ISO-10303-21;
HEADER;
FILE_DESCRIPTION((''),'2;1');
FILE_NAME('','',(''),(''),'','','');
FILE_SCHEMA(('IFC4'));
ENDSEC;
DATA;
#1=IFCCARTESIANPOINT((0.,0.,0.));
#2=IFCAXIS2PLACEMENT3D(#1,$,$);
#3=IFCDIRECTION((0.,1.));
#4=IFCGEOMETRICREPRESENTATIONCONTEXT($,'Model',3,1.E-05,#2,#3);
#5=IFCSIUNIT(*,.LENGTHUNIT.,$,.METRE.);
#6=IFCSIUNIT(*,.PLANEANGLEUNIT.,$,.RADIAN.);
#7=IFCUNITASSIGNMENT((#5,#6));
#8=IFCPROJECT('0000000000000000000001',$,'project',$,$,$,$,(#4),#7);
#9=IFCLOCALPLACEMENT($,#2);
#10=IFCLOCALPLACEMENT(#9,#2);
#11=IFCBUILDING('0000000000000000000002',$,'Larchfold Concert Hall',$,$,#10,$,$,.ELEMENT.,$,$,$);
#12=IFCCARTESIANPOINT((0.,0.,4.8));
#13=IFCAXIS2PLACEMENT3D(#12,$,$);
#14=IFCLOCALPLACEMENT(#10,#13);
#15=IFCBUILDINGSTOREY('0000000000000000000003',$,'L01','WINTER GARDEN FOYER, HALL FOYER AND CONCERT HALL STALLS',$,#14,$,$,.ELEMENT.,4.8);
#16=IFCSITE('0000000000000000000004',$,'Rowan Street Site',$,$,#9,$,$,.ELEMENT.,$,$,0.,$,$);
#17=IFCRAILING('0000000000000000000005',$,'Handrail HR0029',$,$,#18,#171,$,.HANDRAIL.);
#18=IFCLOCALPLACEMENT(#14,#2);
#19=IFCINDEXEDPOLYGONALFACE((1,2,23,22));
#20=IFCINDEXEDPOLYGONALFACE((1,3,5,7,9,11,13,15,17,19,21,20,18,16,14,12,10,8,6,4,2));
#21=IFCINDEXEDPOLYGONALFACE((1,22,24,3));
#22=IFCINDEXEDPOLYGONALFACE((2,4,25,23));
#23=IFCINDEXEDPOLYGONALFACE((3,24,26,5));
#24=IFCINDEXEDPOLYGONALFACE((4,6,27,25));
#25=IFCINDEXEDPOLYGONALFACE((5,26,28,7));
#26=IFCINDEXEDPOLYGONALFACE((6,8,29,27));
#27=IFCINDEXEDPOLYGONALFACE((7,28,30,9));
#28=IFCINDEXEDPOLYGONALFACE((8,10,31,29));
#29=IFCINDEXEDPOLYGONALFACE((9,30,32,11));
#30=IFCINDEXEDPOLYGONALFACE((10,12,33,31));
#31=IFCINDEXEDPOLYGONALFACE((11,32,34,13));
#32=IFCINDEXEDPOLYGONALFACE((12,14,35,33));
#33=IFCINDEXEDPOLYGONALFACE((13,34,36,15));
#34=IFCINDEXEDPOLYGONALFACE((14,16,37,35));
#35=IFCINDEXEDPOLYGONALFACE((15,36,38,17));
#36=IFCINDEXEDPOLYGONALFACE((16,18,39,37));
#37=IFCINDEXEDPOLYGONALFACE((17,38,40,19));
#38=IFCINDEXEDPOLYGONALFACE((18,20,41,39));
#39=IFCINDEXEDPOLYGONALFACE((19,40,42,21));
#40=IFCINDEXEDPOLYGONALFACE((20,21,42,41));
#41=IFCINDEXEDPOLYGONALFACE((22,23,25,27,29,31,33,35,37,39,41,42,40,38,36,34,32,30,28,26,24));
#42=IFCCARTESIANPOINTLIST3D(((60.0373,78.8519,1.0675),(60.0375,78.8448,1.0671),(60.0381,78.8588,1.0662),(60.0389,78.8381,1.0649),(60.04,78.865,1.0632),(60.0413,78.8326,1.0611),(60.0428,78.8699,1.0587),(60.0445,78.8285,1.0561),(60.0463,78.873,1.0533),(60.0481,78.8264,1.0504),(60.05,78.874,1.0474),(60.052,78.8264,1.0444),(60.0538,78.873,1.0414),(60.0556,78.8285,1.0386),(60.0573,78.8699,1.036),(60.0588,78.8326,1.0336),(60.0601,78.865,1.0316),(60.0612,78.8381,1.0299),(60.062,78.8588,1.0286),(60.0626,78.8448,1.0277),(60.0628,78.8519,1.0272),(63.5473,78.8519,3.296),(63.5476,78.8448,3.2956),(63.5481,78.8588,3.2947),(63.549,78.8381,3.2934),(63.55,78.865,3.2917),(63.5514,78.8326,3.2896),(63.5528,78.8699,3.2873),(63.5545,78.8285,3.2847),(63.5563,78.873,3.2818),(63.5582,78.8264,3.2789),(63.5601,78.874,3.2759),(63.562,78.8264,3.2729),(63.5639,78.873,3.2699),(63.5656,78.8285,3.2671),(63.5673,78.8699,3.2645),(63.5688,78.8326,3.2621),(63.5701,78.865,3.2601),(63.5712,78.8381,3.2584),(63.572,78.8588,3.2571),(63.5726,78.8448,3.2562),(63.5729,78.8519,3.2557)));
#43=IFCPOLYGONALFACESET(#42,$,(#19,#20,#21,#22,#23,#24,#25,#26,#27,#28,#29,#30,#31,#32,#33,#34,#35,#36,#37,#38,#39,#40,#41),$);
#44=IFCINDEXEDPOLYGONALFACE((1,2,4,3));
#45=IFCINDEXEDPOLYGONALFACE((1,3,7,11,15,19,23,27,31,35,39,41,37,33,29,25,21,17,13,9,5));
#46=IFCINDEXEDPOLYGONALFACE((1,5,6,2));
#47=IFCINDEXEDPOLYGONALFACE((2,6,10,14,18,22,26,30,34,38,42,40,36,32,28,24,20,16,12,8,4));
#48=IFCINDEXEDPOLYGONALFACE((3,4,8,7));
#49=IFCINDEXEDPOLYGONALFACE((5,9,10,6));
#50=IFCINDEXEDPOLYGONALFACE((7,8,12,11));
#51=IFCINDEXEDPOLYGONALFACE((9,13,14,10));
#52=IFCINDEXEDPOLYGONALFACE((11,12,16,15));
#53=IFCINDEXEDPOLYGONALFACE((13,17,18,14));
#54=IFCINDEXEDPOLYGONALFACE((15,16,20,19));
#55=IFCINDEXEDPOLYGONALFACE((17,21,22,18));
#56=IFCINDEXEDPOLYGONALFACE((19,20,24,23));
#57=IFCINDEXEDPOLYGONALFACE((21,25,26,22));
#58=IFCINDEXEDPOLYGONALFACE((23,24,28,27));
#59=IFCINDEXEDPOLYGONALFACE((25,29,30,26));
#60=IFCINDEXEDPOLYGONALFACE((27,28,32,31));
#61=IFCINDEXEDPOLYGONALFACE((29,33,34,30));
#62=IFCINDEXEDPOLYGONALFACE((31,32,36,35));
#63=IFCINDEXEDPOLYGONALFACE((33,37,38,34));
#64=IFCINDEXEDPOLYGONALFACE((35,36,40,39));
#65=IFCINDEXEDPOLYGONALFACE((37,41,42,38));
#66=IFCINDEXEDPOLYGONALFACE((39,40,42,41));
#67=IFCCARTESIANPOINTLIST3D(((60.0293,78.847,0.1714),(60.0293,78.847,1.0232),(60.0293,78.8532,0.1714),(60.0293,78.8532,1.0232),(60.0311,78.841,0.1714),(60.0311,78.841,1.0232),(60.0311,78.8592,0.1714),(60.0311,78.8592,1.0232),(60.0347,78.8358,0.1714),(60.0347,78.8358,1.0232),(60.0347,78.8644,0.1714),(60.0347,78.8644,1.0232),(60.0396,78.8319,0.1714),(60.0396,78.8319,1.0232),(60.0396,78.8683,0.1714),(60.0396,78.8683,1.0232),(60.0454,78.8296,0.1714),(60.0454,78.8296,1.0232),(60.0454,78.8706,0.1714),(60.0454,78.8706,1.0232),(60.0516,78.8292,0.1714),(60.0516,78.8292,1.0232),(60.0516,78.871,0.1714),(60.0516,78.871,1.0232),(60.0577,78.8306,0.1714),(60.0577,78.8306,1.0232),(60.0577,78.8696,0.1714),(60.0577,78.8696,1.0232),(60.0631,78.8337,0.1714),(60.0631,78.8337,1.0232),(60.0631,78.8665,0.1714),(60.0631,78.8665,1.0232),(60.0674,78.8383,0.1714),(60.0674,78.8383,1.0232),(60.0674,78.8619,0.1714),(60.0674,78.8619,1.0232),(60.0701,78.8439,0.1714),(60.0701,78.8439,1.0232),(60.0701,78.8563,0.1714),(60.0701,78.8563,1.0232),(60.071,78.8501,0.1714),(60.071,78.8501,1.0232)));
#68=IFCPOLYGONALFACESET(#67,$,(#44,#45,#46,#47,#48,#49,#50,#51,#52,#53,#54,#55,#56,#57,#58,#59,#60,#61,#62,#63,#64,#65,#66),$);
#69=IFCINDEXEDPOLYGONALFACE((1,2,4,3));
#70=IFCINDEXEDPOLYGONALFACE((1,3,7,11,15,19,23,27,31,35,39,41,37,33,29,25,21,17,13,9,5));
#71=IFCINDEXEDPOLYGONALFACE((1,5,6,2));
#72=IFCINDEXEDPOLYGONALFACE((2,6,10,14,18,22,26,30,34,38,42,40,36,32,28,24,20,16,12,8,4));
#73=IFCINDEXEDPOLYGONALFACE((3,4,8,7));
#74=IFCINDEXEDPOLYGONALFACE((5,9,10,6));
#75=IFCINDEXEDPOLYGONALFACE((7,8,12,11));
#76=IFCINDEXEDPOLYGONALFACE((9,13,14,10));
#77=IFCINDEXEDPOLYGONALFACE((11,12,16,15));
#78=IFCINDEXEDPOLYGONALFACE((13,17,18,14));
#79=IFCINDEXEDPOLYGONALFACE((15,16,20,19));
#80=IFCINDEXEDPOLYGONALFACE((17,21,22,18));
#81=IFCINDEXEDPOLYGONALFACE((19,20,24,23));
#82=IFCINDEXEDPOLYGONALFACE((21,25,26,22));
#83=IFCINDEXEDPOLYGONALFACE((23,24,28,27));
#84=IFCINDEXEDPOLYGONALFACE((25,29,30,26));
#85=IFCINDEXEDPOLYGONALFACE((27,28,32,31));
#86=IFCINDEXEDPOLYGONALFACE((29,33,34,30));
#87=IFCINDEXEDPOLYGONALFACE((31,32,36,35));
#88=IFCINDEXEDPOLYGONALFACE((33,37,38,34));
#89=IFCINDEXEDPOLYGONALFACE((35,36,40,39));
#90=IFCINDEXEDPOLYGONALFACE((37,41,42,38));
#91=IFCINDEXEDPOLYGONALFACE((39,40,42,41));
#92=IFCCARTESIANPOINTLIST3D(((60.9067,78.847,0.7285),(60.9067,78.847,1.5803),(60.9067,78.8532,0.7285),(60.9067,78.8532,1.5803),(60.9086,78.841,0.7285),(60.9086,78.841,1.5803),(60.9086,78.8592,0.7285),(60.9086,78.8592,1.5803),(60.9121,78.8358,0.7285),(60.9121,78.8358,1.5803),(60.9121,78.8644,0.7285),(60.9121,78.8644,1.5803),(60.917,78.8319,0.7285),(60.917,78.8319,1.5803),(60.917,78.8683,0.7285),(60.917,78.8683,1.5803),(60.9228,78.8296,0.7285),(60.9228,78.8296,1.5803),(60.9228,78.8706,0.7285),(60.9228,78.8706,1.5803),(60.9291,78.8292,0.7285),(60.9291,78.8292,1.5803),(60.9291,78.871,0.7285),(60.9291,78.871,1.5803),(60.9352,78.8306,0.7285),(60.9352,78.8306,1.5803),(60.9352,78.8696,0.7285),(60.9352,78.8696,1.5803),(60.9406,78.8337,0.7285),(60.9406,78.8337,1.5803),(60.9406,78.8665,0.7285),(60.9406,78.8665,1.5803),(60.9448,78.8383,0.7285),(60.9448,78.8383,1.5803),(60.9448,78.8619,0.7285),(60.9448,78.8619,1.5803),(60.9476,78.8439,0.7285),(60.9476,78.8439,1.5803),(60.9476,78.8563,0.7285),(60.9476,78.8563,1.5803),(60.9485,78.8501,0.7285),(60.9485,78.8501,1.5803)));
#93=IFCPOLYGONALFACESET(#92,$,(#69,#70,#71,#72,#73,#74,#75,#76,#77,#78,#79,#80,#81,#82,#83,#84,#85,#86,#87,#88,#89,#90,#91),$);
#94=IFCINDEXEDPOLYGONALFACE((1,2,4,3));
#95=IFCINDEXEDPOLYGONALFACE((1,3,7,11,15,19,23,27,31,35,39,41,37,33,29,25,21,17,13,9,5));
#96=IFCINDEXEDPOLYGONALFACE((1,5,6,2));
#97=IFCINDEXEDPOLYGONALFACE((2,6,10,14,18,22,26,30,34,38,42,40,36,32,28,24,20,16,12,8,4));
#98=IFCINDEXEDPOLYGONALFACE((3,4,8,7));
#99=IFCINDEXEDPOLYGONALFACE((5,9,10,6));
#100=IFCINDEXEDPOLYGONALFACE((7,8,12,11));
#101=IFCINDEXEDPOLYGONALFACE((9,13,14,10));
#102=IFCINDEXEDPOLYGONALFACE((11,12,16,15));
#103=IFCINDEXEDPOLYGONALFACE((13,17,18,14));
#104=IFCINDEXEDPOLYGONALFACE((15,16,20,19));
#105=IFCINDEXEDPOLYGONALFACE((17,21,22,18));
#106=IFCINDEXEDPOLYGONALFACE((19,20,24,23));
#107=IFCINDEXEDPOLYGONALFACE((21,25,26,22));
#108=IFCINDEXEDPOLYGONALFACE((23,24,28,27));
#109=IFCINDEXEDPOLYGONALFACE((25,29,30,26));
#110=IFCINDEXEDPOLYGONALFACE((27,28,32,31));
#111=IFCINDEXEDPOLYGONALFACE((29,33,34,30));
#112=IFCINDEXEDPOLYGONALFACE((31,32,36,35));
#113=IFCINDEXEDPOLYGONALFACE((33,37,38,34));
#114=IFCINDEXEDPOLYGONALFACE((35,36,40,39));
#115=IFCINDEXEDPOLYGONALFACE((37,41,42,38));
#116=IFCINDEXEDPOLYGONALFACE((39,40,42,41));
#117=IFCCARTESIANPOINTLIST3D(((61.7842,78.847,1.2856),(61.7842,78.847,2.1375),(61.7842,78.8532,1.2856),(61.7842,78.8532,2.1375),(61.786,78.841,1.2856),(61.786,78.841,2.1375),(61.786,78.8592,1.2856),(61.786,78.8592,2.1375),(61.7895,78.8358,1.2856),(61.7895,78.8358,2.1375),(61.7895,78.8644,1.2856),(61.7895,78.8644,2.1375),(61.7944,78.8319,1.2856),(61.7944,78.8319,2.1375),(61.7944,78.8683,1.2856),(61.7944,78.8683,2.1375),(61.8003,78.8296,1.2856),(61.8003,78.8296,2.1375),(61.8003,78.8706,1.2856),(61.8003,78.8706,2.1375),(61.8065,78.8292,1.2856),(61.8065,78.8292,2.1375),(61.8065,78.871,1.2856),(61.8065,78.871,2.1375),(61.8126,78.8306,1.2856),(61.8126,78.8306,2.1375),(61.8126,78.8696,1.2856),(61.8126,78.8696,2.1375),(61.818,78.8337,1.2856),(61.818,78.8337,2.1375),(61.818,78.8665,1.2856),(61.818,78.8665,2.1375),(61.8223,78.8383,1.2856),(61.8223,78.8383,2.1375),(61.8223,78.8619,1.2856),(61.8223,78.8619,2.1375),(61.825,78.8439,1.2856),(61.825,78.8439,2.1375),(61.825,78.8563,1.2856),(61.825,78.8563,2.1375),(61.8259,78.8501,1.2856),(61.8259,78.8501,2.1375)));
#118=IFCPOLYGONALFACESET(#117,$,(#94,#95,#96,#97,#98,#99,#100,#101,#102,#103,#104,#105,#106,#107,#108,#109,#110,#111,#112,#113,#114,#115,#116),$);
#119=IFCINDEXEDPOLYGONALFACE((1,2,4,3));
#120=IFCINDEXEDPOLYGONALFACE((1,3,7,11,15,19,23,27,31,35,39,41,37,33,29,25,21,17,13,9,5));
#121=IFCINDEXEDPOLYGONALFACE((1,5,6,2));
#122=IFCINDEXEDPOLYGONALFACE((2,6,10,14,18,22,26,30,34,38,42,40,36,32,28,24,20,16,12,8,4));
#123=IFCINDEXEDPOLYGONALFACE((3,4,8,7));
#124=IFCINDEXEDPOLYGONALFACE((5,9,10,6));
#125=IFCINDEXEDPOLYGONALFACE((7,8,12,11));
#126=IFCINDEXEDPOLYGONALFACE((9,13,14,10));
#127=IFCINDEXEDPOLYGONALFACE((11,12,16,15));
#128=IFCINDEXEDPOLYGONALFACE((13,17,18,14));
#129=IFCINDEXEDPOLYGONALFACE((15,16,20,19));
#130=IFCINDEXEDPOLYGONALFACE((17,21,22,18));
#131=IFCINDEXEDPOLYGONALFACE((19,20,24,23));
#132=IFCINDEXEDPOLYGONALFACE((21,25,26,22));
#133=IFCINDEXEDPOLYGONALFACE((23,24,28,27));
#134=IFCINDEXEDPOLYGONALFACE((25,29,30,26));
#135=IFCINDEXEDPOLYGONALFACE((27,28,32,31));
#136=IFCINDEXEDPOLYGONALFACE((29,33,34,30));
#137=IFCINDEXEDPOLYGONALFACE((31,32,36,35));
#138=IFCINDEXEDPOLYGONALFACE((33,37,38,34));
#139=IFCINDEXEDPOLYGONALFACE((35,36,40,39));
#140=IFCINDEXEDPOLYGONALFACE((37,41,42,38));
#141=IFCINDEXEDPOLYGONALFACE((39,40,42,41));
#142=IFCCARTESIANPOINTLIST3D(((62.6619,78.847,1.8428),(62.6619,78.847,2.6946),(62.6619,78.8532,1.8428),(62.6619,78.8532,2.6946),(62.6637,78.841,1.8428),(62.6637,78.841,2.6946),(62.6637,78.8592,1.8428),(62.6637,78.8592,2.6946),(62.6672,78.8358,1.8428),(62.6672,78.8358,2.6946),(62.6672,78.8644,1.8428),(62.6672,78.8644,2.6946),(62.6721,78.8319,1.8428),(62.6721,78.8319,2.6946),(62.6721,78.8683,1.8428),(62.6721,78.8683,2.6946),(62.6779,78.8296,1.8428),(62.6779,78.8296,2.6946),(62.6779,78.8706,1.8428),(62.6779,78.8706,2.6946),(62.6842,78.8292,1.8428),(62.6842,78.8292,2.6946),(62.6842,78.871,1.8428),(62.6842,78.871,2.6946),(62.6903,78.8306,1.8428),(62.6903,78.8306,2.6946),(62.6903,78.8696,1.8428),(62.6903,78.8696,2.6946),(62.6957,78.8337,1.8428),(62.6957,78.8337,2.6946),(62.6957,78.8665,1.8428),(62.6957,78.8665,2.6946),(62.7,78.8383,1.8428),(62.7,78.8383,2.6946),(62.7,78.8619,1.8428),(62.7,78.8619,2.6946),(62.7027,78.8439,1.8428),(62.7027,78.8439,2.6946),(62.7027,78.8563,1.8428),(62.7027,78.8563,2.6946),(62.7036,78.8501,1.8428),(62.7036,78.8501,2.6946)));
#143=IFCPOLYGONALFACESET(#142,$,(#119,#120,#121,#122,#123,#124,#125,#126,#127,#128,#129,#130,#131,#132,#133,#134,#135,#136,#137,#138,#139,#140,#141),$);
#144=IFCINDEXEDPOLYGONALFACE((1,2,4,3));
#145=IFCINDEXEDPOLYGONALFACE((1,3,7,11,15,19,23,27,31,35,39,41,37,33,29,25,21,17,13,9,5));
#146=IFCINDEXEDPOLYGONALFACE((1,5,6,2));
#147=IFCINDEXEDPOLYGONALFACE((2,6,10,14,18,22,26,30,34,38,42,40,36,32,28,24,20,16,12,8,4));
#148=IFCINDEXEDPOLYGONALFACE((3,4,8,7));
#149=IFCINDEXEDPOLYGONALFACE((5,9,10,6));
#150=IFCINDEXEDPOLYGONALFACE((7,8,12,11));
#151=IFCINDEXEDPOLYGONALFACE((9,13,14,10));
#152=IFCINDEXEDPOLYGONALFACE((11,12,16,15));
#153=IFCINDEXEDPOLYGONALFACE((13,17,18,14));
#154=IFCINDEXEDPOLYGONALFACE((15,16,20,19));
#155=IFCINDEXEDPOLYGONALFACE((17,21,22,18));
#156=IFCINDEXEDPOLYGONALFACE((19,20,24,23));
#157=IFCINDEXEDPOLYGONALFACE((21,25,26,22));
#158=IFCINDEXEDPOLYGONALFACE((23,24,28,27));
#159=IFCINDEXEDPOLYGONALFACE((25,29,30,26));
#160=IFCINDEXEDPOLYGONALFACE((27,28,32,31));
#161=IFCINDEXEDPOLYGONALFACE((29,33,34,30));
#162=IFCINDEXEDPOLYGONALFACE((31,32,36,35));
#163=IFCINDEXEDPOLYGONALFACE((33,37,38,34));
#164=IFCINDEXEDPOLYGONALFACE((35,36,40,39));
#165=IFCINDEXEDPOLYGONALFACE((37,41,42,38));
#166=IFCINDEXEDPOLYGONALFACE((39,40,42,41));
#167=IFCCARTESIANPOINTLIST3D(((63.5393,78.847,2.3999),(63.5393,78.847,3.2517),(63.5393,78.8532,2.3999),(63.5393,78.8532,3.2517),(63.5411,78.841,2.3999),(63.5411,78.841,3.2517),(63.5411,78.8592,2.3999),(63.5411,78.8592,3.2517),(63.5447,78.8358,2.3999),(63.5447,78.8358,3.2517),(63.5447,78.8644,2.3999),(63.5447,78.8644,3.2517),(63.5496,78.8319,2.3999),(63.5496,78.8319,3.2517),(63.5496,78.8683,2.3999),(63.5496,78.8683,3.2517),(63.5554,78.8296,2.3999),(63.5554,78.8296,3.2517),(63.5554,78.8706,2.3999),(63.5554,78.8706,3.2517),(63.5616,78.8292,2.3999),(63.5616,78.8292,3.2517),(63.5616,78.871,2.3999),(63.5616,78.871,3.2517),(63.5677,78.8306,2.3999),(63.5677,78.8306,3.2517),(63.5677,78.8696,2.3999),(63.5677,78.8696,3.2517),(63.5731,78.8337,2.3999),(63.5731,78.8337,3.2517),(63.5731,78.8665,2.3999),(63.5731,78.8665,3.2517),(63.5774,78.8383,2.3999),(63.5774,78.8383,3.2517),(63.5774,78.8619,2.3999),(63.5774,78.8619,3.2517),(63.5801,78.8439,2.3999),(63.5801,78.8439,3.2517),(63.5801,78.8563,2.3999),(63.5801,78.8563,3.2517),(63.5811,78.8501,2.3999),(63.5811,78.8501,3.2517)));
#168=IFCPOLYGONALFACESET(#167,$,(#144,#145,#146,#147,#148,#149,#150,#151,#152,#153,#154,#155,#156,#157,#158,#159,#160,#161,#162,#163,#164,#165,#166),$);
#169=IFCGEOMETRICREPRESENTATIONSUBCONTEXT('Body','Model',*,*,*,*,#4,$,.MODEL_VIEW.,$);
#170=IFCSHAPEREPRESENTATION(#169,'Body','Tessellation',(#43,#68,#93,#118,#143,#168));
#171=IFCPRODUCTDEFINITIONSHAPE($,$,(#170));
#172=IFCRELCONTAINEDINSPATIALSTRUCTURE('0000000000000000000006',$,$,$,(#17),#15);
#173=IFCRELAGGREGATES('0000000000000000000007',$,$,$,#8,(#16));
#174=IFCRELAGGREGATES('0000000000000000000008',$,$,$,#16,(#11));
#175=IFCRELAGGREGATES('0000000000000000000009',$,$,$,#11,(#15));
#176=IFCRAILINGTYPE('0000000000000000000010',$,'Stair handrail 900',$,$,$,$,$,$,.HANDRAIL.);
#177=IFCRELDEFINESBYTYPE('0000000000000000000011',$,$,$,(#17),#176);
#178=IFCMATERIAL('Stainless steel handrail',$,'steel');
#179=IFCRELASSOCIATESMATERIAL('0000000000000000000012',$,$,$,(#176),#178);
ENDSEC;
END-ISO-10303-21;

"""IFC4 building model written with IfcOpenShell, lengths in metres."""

from ifc_helpers import new_model, si_unit, direction, frame, origin, origin_2d, place, context, subcontext, project, spatial, circle, extrude, material, type_object, element, save


model = new_model("IFC4")

# Units and contexts
model_context = context("Model", 3, precision=1e-05, world=origin(), true_north=direction((0.0, 1.0)))
body_context = subcontext(model_context, "Body", "Model", "MODEL_VIEW")
ifc_project = project(units=[si_unit("LENGTHUNIT", "METRE"), si_unit("PLANEANGLEUNIT", "RADIAN")], contexts=[model_context])

# Site, building, storey
site_placement = place(None, origin())
site = spatial("IfcSite", under=ifc_project, at=site_placement, Name="Rowan Street Site", CompositionType="ELEMENT", RefElevation=0.0)
building_placement = place(site_placement, origin())
building = spatial("IfcBuilding", under=site, at=building_placement, Name="Larchfold Concert Hall", CompositionType="ELEMENT")
storey_placement = place(building_placement, frame((0.0, 0.0, 4.8)))
storey = spatial("IfcBuildingStorey", under=building, at=storey_placement, Name="L01", Description="WINTER GARDEN FOYER, HALL FOYER AND CONCERT HALL STALLS", CompositionType="ELEMENT", Elevation=4.8)

# Railing
ifc_material_1 = material(Name="Stainless steel handrail", Category="steel")
railing_type_1 = type_object("IfcRailingType", Name="Stair handrail 900", PredefinedType="HANDRAIL", material=ifc_material_1)
railing_1_placement = place(storey_placement, frame((60.05, 78.8501, 0.1714)))
element("IfcRailing", 1, at=railing_1_placement, inside=storey, type_object=railing_type_1, Name="Handrail HR0029", PredefinedType="HANDRAIL", context=body_context, shape_type="SweptSolid", body=[
    extrude(circle(Radius=0.0239, at=origin_2d()), frame((0.0, 0.0, 0.876), z_axis=(0.84422, 0.0, 0.535998), x_axis=(0.0, 1.0, 0.0)), (0.0, 0.0, 1.0), 4.1577),
    extrude(circle(Radius=0.021, at=origin_2d()), origin(), (0.0, 0.0, 1.0), 0.8518),
    extrude(circle(Radius=0.021, at=origin_2d()), frame((0.8774, 0.0, 0.5571)), (0.0, 0.0, 1.0), 0.8518),
    extrude(circle(Radius=0.021, at=origin_2d()), frame((1.7549, 0.0, 1.1143)), (0.0, 0.0, 1.0), 0.8518),
    extrude(circle(Radius=0.021, at=origin_2d()), frame((2.6326, 0.0, 1.6714)), (0.0, 0.0, 1.0), 0.8518),
    extrude(circle(Radius=0.021, at=origin_2d()), frame((3.51, 0.0, 2.2285)), (0.0, 0.0, 1.0), 0.8518),
])

save(model, "model.ifc")
